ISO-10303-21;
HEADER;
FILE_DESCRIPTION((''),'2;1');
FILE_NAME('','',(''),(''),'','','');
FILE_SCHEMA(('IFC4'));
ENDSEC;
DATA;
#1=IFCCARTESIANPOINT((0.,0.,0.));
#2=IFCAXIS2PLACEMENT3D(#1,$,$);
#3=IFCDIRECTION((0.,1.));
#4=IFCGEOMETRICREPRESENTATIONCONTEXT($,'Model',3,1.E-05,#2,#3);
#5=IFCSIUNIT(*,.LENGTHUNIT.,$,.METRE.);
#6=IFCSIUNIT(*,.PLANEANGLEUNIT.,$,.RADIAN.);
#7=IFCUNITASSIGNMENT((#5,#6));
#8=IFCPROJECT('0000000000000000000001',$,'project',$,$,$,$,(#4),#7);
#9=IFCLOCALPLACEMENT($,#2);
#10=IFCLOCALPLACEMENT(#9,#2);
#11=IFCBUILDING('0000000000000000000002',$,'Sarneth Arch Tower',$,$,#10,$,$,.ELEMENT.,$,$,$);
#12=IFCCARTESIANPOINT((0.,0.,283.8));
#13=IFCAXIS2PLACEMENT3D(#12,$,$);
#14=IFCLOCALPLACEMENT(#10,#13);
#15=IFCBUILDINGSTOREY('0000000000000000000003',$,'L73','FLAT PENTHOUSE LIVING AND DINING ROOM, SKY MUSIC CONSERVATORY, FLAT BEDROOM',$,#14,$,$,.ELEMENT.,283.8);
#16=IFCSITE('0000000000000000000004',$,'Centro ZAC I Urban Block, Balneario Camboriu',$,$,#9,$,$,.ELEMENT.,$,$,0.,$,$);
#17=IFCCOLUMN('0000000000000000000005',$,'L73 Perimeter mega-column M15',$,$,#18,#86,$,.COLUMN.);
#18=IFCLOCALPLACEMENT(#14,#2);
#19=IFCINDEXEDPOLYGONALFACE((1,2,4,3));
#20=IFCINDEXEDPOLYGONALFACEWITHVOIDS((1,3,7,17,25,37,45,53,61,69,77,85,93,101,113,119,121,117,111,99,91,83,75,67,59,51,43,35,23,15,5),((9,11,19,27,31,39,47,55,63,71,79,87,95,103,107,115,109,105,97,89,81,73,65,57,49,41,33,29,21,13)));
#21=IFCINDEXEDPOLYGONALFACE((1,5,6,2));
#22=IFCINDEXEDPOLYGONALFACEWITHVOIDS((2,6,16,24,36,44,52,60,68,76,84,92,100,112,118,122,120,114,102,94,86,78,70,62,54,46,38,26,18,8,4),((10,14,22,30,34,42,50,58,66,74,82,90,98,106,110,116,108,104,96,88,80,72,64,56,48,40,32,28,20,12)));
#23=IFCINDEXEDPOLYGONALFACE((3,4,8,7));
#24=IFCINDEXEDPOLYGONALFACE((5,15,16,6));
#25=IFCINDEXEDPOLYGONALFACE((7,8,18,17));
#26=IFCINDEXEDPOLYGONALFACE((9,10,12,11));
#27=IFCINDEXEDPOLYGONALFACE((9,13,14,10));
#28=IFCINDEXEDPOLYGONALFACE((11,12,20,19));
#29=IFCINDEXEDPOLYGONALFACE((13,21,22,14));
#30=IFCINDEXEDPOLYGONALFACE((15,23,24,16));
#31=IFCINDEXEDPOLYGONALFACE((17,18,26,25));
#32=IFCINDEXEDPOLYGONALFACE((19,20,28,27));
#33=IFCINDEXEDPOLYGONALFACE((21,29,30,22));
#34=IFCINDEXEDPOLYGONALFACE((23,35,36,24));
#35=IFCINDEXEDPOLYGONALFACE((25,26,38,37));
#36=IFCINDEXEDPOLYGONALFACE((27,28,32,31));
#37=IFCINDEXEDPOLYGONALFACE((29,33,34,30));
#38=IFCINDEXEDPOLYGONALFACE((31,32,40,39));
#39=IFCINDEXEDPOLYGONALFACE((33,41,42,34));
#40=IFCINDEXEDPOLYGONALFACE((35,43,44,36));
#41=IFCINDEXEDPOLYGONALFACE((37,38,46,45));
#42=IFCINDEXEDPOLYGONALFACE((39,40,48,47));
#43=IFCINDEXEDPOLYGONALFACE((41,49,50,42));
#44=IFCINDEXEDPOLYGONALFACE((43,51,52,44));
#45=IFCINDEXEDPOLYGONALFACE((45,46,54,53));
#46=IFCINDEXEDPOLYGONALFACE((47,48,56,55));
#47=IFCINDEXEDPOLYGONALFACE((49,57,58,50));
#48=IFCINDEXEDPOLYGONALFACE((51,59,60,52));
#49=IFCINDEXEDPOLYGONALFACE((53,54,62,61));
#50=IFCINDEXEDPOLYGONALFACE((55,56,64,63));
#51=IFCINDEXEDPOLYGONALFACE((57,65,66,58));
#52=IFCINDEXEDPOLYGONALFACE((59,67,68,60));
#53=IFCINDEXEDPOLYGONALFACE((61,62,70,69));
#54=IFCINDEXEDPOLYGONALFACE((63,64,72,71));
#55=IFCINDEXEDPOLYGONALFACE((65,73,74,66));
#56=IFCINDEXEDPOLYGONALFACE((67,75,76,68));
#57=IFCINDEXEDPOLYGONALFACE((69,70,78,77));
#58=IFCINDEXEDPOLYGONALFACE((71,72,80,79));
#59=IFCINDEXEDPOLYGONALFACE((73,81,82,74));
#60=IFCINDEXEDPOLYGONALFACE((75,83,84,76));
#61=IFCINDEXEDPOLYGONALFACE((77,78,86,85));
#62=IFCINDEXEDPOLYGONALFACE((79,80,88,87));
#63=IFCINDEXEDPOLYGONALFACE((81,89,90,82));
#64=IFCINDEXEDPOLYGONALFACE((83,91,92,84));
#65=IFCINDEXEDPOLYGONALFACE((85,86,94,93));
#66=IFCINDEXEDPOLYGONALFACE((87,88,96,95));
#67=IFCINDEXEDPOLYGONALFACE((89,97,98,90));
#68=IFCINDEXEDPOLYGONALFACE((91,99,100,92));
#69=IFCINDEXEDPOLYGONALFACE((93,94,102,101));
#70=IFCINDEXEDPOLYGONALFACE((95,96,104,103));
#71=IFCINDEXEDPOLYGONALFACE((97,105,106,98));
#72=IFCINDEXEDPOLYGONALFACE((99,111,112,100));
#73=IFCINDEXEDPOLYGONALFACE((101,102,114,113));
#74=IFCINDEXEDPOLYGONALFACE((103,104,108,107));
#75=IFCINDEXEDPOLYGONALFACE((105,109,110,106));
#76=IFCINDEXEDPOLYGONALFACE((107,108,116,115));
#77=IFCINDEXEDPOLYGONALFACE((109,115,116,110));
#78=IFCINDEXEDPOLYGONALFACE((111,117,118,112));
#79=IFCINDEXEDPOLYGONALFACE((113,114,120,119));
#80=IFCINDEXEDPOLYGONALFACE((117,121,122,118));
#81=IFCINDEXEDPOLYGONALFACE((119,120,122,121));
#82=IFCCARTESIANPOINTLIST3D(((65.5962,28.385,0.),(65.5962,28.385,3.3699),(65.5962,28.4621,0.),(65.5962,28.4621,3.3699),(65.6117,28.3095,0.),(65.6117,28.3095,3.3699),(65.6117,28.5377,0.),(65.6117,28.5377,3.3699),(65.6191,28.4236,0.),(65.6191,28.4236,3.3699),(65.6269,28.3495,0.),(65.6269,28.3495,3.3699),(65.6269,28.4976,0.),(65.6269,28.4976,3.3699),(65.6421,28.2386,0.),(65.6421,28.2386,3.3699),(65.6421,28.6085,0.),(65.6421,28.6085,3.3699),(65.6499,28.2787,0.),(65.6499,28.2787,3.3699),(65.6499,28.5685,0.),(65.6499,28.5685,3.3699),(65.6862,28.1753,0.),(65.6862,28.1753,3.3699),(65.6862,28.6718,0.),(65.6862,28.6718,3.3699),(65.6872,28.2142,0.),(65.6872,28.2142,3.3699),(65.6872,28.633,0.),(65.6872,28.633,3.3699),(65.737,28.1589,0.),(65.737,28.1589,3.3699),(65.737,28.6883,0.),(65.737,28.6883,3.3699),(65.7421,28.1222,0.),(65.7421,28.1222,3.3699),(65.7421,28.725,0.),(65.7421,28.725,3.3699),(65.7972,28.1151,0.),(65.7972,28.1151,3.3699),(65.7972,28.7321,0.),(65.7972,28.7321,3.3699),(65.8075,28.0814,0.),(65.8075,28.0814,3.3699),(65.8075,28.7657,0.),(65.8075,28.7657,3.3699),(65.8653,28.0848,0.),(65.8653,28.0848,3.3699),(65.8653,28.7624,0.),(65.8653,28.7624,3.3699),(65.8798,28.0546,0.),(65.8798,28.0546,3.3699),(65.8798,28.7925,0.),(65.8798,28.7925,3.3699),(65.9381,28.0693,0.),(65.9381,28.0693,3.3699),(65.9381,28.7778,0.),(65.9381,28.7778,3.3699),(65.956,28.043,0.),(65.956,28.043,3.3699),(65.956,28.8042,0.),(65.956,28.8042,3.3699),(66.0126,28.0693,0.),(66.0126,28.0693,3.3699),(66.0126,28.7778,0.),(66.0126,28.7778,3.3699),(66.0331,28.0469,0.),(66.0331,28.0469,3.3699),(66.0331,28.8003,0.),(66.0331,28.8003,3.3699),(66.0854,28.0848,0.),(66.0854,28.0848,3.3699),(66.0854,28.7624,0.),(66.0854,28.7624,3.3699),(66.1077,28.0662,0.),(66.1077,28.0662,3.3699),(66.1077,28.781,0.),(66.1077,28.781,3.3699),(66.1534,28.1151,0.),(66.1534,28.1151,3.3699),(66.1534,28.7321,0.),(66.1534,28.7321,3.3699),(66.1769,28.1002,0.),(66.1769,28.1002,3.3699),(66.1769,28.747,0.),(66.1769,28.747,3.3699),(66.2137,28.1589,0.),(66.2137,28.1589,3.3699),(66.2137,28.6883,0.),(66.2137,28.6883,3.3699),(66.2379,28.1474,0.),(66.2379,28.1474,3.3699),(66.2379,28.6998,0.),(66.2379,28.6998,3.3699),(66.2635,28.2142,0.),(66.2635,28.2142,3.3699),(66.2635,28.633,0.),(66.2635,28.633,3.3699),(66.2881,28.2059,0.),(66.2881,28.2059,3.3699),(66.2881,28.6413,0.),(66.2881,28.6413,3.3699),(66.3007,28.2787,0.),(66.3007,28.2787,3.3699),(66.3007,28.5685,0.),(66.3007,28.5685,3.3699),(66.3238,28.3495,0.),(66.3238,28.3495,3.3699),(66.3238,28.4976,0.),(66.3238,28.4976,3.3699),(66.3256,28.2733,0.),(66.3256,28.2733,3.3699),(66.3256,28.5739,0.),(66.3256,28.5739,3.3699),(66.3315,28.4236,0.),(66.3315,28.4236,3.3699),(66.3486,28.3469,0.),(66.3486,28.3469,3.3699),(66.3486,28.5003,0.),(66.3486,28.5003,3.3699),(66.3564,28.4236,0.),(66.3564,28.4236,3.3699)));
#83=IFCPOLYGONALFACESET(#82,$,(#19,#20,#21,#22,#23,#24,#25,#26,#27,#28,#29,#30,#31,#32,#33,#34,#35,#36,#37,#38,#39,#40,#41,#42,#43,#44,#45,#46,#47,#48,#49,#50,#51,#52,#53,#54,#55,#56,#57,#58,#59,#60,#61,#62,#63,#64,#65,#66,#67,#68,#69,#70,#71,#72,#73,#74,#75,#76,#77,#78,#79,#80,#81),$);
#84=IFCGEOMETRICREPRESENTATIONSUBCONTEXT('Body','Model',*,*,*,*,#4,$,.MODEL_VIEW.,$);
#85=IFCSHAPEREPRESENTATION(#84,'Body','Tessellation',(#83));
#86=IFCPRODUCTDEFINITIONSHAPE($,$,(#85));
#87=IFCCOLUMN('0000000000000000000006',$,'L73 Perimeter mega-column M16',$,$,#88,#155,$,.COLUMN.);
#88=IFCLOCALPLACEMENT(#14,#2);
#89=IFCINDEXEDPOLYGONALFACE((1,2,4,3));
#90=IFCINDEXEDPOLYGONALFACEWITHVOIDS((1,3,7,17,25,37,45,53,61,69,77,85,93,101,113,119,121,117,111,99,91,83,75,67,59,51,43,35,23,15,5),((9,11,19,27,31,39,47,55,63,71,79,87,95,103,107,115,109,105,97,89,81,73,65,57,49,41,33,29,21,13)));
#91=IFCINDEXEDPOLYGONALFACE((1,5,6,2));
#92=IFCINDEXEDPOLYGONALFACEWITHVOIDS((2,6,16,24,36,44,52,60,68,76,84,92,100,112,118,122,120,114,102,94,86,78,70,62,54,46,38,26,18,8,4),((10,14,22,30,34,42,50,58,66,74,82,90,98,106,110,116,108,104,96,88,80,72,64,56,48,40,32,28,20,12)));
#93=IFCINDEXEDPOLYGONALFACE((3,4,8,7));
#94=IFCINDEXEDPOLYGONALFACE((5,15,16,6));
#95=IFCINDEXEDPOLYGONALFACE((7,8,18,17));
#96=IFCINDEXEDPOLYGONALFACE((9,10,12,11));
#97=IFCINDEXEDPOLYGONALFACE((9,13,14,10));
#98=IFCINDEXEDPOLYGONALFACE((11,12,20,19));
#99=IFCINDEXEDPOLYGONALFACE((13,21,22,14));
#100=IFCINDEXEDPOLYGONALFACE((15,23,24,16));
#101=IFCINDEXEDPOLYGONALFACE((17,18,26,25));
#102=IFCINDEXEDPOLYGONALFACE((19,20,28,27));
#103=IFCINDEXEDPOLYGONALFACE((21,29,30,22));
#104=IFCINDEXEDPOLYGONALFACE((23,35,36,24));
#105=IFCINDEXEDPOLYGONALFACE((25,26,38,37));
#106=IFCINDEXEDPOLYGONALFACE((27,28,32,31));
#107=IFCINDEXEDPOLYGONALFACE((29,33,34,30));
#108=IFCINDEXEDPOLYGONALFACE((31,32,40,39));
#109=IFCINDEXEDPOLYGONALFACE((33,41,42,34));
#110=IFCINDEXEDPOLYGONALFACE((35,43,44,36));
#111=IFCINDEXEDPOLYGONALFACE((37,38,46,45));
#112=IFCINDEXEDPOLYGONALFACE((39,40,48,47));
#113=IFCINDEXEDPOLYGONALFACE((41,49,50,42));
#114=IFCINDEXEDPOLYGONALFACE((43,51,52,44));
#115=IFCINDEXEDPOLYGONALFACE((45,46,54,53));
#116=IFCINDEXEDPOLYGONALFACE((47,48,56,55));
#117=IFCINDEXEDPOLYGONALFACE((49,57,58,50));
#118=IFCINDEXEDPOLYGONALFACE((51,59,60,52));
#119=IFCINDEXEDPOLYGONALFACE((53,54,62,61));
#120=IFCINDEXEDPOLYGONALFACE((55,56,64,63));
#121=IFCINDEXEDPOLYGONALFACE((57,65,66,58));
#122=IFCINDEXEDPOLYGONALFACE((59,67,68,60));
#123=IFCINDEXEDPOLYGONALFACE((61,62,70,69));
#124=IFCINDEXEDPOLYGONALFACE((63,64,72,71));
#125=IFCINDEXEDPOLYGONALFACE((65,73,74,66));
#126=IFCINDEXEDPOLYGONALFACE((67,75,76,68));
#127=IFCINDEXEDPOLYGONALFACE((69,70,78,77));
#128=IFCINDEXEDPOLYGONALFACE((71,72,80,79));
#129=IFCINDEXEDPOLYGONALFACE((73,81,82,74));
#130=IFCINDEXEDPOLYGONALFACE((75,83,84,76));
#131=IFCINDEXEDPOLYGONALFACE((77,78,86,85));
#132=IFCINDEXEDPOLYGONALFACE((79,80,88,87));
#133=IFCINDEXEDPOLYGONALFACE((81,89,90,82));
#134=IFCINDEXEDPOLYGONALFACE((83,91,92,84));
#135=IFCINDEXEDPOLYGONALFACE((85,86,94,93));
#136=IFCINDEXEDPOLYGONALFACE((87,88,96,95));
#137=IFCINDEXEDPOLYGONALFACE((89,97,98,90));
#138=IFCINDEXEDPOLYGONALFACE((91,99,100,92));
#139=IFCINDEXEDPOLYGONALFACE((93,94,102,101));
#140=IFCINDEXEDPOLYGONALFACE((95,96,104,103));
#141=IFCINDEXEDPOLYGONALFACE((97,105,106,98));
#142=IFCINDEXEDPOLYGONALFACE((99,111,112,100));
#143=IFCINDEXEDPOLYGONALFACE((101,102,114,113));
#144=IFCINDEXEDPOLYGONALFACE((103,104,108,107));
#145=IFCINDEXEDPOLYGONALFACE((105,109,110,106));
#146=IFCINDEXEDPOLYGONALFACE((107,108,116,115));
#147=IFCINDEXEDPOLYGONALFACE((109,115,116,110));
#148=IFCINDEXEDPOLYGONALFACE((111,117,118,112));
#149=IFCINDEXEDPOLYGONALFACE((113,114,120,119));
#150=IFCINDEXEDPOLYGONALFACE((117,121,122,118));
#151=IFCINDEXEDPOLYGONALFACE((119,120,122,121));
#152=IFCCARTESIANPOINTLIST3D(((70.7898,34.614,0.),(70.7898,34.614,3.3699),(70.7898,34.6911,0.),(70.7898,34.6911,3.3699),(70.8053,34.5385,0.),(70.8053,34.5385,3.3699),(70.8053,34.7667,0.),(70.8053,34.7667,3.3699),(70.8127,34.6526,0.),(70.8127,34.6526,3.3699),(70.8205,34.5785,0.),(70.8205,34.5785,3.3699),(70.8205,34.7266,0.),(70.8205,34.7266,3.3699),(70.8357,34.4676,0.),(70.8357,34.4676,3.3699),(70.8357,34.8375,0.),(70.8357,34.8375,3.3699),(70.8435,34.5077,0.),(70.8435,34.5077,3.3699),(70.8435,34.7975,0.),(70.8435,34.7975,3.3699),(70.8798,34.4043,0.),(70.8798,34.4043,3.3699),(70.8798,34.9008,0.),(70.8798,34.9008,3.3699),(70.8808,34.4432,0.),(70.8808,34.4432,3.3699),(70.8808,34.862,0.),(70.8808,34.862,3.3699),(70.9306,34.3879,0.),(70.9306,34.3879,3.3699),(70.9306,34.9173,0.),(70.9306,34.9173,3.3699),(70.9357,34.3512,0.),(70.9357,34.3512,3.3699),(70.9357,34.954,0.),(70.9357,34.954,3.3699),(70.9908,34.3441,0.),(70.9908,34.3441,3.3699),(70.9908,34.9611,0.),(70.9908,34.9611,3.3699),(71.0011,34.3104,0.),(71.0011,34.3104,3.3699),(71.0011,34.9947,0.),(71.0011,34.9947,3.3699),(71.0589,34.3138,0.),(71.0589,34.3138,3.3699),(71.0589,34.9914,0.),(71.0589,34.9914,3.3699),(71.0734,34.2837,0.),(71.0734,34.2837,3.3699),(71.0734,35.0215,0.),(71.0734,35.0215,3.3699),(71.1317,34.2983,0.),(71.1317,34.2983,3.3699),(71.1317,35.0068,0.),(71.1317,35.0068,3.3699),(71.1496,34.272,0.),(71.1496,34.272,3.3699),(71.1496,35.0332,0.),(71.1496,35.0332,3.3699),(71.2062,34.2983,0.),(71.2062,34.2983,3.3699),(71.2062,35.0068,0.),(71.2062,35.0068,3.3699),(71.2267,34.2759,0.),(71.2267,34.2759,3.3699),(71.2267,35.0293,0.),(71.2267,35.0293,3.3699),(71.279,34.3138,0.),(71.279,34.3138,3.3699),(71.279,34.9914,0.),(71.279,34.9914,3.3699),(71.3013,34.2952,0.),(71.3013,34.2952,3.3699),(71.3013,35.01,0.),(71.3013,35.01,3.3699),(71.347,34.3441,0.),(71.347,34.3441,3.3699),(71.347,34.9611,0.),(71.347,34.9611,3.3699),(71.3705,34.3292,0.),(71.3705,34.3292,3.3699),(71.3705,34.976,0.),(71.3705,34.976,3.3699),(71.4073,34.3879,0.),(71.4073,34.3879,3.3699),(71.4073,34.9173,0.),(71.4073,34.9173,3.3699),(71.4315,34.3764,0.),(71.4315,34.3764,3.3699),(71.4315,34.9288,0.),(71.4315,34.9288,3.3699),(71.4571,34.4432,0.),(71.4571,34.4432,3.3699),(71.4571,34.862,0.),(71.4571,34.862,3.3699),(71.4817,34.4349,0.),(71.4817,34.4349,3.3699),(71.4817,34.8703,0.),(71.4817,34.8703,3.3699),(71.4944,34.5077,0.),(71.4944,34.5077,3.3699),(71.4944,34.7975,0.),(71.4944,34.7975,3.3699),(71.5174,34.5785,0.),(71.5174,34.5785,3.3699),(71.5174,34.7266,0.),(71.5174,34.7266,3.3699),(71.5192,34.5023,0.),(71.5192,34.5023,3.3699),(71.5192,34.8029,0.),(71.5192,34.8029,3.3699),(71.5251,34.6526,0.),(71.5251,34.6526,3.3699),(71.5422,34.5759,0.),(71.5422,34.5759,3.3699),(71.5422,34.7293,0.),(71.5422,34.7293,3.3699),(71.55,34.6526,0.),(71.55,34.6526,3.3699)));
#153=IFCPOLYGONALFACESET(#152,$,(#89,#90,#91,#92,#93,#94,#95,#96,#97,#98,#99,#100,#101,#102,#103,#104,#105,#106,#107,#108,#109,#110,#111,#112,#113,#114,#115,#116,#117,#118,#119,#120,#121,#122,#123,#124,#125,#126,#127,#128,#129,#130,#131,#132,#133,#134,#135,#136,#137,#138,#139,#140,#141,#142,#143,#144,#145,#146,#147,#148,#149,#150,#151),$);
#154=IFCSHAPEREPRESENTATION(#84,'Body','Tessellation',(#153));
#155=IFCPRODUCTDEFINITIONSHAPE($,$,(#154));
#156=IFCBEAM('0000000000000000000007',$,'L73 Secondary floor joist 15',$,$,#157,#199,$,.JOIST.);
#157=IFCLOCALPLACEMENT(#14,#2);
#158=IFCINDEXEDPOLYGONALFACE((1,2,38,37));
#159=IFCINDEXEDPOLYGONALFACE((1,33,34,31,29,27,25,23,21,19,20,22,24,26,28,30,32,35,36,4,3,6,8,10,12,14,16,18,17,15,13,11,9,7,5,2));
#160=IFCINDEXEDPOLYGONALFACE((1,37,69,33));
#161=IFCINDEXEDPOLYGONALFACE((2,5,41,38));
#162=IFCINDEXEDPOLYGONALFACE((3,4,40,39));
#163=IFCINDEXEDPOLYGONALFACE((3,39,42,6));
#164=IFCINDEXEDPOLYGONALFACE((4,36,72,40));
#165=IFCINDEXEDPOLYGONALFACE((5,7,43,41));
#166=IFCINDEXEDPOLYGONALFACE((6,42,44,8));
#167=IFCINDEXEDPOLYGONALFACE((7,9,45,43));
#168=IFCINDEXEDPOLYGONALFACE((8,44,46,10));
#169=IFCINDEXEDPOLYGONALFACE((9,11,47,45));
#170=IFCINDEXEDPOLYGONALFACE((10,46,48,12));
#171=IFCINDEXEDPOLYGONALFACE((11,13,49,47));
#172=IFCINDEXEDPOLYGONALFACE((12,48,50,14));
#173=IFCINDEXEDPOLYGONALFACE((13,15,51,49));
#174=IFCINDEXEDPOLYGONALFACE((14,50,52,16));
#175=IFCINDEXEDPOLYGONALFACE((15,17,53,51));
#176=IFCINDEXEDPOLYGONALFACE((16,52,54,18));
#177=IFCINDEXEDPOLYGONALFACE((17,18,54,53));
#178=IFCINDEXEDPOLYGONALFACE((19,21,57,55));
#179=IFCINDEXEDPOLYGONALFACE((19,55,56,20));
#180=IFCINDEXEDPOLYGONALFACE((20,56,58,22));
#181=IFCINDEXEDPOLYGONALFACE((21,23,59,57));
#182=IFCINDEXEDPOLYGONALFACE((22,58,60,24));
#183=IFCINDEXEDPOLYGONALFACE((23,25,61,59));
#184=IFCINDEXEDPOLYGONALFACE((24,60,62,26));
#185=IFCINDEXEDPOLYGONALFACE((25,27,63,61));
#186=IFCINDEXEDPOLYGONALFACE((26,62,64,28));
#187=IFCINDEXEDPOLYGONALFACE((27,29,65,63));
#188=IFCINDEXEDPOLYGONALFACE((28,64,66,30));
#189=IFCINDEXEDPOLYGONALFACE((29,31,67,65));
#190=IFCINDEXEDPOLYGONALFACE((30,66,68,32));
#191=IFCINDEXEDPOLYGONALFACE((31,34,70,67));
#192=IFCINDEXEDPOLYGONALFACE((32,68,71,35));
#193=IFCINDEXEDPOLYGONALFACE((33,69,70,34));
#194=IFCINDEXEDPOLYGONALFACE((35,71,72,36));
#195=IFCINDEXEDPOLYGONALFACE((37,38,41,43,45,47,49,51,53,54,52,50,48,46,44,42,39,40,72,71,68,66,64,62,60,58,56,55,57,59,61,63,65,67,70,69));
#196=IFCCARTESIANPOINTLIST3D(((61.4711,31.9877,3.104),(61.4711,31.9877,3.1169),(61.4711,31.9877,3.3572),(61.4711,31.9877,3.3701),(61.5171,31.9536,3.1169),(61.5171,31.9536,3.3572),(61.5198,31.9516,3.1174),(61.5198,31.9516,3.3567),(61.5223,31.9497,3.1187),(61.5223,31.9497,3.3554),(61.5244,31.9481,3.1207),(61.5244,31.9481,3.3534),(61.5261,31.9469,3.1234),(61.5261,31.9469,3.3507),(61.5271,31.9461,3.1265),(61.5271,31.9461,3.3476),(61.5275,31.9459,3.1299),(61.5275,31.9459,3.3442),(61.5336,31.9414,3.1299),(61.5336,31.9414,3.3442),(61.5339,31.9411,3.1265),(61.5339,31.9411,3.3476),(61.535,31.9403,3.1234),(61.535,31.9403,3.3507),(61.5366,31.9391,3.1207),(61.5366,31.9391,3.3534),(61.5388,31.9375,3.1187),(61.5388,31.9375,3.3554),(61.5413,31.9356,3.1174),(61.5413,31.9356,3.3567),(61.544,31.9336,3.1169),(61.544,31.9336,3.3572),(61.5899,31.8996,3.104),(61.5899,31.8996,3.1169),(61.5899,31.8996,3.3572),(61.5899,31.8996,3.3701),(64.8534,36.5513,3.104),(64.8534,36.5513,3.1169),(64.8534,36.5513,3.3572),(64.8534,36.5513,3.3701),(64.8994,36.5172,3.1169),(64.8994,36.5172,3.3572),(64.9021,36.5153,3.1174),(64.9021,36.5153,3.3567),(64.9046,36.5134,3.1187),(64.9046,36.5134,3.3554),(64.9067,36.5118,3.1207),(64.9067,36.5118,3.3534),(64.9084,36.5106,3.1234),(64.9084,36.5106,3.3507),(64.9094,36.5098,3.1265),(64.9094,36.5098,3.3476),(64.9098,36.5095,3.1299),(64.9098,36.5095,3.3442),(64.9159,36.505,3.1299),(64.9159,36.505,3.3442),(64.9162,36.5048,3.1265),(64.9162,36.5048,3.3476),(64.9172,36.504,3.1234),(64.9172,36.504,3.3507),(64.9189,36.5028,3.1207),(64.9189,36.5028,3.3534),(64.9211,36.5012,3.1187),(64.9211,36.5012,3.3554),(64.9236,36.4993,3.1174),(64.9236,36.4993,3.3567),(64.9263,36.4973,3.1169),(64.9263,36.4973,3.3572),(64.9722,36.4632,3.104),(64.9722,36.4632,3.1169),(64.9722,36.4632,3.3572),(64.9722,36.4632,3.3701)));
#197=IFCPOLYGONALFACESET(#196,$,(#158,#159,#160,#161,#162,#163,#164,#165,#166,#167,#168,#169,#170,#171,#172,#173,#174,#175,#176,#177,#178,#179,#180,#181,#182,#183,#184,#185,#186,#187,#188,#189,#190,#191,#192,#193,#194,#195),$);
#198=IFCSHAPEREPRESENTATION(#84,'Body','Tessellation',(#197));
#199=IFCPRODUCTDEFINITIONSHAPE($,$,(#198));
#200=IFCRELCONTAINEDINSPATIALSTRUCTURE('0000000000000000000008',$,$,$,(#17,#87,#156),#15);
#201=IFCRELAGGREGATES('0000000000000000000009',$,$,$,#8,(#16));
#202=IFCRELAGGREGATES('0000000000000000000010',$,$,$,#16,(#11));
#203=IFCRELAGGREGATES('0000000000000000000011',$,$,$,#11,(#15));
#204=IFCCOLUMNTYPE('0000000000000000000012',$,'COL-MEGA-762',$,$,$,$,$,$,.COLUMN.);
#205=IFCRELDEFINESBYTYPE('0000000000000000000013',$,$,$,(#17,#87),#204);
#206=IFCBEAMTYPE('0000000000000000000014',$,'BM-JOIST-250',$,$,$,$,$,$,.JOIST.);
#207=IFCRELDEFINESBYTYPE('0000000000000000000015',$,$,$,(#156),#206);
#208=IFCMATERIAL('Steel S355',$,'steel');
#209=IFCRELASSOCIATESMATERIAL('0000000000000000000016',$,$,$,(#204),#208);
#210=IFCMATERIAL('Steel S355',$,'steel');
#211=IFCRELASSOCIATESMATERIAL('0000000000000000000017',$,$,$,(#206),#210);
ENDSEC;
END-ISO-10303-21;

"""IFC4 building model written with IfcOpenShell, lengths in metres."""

from ifc_helpers import new_model, si_unit, direction, frame, origin, origin_2d, place, context, subcontext, project, spatial, hollow_circle, i_section, extrude, material, material_profile, profile_set, type_object, element, save


model = new_model("IFC4")

# Units and contexts
model_context = context("Model", 3, precision=1e-05, world=origin(), true_north=direction((0.0, 1.0)))
body_context = subcontext(model_context, "Body", "Model", "MODEL_VIEW")
ifc_project = project(units=[si_unit("LENGTHUNIT", "METRE"), si_unit("PLANEANGLEUNIT", "RADIAN")], contexts=[model_context])

# Site, building, storey
site_placement = place(None, origin())
site = spatial("IfcSite", under=ifc_project, at=site_placement, Name="Centro ZAC I Urban Block, Balneario Camboriu", CompositionType="ELEMENT", RefElevation=0.0)
building_placement = place(site_placement, origin())
building = spatial("IfcBuilding", under=site, at=building_placement, Name="Sarneth Arch Tower", CompositionType="ELEMENT")
storey_placement = place(building_placement, frame((0.0, 0.0, 283.8)))
storey = spatial("IfcBuildingStorey", under=building, at=storey_placement, Name="L73", Description="FLAT PENTHOUSE LIVING AND DINING ROOM, SKY MUSIC CONSERVATORY, FLAT BEDROOM", CompositionType="ELEMENT", Elevation=283.8)

# Columns
ifc_material_1 = material(Name="Steel S355", Category="steel")
ifc_material_profile_1 = material_profile(ifc_material_1, hollow_circle(Radius=0.3811, WallThickness=0.0249, at=origin_2d()), Name="CHS762x25")
ifc_profile_set_1 = profile_set([ifc_material_profile_1], Name="Steel S355")
column_type = type_object("IfcColumnType", Name="COL-MEGA-762", PredefinedType="COLUMN", material=ifc_profile_set_1)
for number, where, z_axis, x_axis, name in (
    (1, (65.9753, 28.4236, 0.0), (0.0, 0.0, 1.0), (1.0, 0.0, 0.0), "L73 Perimeter mega-column M15"),
    (2, (71.1689, 34.6526, 0.0), (0.0, 0.0, 1.0), (1.0, 0.0, 0.0), "L73 Perimeter mega-column M16"),
):
    element("IfcColumn", number, at=place(storey_placement, frame(where, z_axis=z_axis, x_axis=x_axis)), inside=storey, type_object=column_type, Name=name, PredefinedType="COLUMN", context=body_context, shape_type="SweptSolid", body=[
        extrude(hollow_circle(Radius=0.3811, WallThickness=0.0249, at=origin_2d()), origin(), (0.0, 0.0, 1.0), 3.3699),
    ])

# Beam
ifc_material_2 = material(Name="Steel S355", Category="steel")
ifc_material_profile_2 = material_profile(ifc_material_2, i_section(OverallWidth=0.1479, OverallDepth=0.2661, WebThickness=0.0076, FlangeThickness=0.0129, FilletRadius=0.0129, at=origin_2d()), Name="W250x44.8")
ifc_profile_set_2 = profile_set([ifc_material_profile_2], Name="Steel S355")
beam_type_1 = type_object("IfcBeamType", Name="BM-JOIST-250", PredefinedType="JOIST", material=ifc_profile_set_2)
beam_1_placement = place(storey_placement, frame((61.5305, 31.9436, 3.2371), z_axis=(0.595431, 0.803406, 0.0), x_axis=(-0.803406, 0.595431, 0.0)))
element("IfcBeam", 3, at=beam_1_placement, inside=storey, type_object=beam_type_1, Name="L73 Secondary floor joist 15", PredefinedType="JOIST", context=body_context, shape_type="SweptSolid", body=[
    extrude(i_section(OverallWidth=0.1479, OverallDepth=0.2661, WebThickness=0.0076, FlangeThickness=0.0129, FilletRadius=0.0129, at=origin_2d()), origin(), (0.0, 0.0, 1.0), 5.6804),
])

save(model, "model.ifc")
